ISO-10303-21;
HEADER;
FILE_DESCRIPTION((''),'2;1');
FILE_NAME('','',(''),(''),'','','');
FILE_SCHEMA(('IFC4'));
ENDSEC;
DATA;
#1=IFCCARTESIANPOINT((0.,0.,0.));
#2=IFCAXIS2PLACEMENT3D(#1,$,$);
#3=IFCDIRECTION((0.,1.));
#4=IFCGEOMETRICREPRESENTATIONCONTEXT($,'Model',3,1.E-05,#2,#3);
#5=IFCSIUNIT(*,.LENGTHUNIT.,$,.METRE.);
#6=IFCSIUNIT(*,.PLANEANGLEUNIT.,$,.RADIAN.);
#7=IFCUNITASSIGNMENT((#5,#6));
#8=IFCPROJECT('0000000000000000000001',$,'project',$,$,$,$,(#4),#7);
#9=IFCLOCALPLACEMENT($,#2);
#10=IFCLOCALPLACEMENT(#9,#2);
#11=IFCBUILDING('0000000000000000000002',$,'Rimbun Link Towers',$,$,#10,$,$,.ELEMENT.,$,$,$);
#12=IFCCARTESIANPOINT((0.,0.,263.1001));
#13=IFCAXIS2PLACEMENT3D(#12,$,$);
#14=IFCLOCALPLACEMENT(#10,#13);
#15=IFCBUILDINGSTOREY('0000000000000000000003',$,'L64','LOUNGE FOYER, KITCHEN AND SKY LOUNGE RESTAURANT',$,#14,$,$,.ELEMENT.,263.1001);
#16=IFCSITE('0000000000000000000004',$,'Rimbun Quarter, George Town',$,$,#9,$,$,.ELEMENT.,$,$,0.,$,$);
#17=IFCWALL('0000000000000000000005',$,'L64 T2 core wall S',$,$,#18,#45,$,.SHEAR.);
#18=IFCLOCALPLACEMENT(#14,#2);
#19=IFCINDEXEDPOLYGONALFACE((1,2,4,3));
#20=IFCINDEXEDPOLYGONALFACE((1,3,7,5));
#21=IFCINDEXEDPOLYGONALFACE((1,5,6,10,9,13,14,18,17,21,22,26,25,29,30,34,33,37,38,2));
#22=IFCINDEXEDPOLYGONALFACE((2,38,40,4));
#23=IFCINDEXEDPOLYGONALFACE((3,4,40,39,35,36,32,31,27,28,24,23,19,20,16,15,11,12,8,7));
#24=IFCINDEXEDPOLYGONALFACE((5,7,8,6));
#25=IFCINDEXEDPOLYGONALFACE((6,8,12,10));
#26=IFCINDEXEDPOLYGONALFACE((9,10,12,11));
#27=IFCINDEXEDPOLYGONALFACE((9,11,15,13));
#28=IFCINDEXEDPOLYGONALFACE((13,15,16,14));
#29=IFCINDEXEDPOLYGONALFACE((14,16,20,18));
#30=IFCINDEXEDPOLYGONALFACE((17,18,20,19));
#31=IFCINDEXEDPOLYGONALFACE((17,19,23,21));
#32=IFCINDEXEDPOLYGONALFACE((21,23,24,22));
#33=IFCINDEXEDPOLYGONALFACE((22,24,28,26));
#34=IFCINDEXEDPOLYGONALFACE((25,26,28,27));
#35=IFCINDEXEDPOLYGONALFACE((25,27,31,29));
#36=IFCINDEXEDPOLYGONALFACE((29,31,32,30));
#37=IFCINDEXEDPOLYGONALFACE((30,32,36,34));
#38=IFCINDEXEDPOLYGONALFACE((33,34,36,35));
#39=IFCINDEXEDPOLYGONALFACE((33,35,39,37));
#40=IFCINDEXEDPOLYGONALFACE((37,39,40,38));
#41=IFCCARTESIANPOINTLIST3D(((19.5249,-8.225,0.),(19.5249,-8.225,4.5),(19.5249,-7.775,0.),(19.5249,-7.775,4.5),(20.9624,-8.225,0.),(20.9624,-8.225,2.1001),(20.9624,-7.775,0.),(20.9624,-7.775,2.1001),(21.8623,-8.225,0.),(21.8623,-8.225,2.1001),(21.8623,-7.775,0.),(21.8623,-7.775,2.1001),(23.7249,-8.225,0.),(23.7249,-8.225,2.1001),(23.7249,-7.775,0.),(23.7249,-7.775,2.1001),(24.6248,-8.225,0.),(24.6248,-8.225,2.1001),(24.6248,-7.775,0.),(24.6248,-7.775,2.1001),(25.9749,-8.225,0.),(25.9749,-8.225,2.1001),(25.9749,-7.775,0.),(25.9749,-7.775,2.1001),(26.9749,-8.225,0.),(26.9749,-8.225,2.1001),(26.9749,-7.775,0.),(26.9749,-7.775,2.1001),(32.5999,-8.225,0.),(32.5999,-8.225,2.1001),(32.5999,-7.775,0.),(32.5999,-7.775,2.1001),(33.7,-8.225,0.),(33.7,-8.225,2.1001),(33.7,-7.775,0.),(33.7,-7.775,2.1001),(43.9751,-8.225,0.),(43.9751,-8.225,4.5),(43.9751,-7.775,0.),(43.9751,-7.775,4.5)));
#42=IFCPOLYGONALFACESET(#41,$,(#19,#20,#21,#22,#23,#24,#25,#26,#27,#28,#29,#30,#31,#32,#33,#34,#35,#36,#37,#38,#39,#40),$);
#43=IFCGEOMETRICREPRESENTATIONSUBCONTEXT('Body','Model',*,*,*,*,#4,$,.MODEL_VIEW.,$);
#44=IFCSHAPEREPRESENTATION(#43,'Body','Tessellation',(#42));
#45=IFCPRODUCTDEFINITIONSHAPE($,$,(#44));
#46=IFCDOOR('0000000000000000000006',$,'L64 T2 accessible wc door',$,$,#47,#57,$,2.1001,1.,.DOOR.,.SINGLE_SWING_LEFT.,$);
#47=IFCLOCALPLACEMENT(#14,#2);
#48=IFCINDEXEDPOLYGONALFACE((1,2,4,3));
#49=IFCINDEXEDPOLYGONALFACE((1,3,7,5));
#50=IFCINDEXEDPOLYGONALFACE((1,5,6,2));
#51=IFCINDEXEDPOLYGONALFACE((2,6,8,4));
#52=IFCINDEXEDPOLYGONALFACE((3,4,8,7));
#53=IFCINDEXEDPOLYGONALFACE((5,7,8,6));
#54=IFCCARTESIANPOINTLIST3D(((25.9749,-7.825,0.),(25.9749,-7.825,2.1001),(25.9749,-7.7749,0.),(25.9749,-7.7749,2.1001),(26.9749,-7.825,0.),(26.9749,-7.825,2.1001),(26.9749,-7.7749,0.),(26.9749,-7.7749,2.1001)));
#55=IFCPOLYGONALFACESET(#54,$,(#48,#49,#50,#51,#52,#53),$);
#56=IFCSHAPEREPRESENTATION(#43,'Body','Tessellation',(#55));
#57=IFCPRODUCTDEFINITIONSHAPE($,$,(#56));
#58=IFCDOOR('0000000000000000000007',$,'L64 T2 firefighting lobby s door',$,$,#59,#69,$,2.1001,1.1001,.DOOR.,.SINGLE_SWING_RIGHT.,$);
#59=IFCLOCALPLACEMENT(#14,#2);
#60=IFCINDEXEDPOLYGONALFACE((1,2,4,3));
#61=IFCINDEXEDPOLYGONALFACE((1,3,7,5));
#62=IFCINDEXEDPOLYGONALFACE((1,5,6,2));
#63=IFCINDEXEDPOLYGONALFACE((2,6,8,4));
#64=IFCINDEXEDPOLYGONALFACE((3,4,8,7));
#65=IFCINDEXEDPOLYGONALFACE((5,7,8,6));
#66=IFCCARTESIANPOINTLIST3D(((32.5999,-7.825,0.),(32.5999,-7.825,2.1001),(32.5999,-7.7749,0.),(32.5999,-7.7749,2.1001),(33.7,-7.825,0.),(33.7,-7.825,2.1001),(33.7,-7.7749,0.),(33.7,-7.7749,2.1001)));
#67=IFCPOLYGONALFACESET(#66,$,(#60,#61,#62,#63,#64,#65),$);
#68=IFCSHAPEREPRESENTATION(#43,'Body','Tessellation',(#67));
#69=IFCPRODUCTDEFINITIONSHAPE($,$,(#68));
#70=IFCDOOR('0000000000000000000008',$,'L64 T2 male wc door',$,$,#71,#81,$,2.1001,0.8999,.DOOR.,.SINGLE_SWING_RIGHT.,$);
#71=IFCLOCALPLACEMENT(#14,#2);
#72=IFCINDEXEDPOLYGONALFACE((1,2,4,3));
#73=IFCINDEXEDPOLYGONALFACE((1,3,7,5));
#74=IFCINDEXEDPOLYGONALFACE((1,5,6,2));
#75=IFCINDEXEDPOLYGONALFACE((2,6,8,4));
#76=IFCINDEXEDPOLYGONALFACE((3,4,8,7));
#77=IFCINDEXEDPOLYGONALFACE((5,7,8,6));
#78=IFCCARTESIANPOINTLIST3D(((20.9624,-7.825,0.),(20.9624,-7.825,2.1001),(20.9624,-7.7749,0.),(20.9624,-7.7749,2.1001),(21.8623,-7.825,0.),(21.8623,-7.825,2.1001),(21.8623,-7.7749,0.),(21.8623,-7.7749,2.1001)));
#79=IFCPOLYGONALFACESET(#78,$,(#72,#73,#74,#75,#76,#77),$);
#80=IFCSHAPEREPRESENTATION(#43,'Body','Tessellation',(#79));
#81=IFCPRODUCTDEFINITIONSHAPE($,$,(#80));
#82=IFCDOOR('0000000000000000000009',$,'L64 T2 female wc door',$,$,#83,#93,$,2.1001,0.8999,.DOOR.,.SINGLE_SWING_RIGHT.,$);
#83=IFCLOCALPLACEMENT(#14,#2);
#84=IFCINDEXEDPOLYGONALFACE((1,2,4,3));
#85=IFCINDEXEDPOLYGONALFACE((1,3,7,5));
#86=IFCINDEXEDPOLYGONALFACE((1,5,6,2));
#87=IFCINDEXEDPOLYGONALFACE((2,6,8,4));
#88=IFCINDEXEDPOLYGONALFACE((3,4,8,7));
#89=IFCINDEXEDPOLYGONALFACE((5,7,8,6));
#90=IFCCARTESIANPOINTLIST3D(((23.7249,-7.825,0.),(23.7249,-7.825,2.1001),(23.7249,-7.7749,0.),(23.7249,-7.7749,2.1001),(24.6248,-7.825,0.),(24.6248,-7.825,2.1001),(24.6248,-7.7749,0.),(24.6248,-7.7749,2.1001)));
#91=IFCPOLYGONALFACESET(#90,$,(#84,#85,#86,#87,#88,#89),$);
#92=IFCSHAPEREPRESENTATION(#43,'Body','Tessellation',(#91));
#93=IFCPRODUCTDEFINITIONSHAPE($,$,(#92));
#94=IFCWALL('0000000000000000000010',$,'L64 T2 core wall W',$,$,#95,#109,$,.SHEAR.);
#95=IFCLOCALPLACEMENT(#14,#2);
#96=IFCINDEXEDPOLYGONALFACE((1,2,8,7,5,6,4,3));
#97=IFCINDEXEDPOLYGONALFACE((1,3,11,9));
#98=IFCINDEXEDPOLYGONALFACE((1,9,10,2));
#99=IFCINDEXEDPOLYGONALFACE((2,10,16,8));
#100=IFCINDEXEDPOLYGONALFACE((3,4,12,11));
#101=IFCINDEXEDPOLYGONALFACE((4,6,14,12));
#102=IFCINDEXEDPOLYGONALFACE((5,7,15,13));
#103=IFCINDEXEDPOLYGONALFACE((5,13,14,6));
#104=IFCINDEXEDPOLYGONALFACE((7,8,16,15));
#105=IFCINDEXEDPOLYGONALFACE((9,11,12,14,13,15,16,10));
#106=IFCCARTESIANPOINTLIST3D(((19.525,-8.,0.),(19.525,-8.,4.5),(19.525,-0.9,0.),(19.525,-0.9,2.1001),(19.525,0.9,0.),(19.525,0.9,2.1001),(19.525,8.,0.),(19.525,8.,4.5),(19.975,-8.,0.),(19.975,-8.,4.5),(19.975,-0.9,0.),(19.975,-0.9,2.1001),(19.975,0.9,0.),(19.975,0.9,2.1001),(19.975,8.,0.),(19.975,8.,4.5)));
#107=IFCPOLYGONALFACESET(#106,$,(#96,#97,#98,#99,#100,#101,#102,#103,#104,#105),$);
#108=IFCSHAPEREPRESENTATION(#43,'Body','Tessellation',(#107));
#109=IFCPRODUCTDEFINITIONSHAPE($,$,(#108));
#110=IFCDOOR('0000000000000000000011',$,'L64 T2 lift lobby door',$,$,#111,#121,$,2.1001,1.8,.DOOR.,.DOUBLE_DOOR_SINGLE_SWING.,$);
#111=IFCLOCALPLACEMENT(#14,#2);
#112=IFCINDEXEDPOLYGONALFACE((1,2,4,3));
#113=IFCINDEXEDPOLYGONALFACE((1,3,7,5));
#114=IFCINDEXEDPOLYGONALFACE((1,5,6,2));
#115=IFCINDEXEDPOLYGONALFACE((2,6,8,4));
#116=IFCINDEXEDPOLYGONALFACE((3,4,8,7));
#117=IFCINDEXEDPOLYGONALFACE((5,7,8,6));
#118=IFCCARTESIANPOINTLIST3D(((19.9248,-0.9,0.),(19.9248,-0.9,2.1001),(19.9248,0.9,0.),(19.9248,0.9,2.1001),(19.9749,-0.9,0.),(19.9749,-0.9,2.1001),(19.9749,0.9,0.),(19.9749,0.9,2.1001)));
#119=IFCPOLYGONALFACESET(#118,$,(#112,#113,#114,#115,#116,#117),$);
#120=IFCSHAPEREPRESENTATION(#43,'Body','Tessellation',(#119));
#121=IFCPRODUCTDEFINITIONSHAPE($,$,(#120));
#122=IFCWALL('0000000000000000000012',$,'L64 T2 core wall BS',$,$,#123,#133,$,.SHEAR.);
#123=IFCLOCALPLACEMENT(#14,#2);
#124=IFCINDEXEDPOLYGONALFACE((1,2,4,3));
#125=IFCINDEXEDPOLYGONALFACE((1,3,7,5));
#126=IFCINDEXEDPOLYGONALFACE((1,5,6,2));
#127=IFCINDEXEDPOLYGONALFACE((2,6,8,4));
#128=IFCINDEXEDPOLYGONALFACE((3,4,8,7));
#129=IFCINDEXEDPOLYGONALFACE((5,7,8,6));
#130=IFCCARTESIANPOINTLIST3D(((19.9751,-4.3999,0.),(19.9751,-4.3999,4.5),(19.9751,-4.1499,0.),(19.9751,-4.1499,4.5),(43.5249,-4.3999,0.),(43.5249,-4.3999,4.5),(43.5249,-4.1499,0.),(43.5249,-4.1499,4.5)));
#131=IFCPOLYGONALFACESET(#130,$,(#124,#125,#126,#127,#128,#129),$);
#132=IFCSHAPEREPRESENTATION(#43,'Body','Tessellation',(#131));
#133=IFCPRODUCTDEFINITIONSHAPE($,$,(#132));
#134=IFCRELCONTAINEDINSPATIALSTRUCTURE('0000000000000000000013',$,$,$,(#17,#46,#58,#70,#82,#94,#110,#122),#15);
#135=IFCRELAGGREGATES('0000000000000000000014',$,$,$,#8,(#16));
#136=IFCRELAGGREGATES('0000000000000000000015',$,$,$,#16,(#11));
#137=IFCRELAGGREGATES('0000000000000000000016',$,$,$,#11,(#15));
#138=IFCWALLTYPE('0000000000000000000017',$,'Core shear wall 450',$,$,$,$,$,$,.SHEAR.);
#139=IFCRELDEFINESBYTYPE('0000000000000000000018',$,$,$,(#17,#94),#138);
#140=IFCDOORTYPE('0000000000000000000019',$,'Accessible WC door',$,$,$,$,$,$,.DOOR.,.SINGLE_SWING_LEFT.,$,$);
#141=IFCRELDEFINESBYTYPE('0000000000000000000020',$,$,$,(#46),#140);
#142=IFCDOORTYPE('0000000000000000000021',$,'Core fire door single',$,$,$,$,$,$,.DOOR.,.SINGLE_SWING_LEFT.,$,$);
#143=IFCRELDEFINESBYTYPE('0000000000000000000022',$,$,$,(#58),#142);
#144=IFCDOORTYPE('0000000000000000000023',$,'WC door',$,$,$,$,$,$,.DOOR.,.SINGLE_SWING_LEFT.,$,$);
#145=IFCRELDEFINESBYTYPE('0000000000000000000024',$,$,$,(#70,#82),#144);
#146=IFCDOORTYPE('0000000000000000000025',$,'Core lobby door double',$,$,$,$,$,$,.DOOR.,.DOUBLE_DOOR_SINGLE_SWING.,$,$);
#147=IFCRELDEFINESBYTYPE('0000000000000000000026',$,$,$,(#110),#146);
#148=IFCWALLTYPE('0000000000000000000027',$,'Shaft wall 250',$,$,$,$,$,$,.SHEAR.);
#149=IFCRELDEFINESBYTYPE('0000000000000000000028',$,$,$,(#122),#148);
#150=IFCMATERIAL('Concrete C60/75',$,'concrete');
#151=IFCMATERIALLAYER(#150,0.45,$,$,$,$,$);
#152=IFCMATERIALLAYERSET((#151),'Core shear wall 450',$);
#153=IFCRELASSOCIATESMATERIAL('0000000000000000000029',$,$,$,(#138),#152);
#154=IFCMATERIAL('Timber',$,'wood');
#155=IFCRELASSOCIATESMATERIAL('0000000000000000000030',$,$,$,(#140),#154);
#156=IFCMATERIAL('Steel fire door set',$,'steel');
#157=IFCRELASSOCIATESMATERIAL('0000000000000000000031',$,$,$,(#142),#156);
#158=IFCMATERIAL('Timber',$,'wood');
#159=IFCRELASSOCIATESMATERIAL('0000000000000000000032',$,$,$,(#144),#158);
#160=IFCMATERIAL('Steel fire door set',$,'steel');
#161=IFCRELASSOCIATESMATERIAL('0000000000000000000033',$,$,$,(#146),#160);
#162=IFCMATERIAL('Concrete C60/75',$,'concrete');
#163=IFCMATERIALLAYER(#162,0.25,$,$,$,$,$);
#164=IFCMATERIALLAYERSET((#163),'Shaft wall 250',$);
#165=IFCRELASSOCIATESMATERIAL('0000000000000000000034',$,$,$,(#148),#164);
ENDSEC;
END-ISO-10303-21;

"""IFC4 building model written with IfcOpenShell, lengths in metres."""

from ifc_helpers import new_model, si_unit, direction, frame, frame_2d, origin, place, context, subcontext, project, spatial, rectangle, extrude, material, layer, layer_set, type_object, element, fill, save


model = new_model("IFC4")

# Units and contexts
model_context = context("Model", 3, precision=1e-05, world=origin(), true_north=direction((0.0, 1.0)))
body_context = subcontext(model_context, "Body", "Model", "MODEL_VIEW")
ifc_project = project(units=[si_unit("LENGTHUNIT", "METRE"), si_unit("PLANEANGLEUNIT", "RADIAN")], contexts=[model_context])

# Site, building, storey
site_placement = place(None, origin())
site = spatial("IfcSite", under=ifc_project, at=site_placement, Name="Rimbun Quarter, George Town", CompositionType="ELEMENT", RefElevation=0.0)
building_placement = place(site_placement, origin())
building = spatial("IfcBuilding", under=site, at=building_placement, Name="Rimbun Link Towers", CompositionType="ELEMENT")
storey_placement = place(building_placement, frame((0.0, 0.0, 263.1001)))
storey = spatial("IfcBuildingStorey", under=building, at=storey_placement, Name="L64", Description="LOUNGE FOYER, KITCHEN AND SKY LOUNGE RESTAURANT", CompositionType="ELEMENT", Elevation=263.1001)

# Wall, openings, doors
ifc_material_1 = material(Name="Concrete C60/75", Category="concrete")
ifc_layer_1 = layer(ifc_material_1, 0.45)
ifc_layer_set_1 = layer_set([ifc_layer_1], Name="Core shear wall 450")
wall_type_1 = type_object("IfcWallType", Name="Core shear wall 450", PredefinedType="SHEAR", material=ifc_layer_set_1)
wall_1_placement = place(storey_placement, frame((19.5249, -8.0, 0.0), z_axis=(0.0, 0.0, 1.0), x_axis=(1.0, 0.0, 0.0)))
wall_1 = element("IfcWall", 1, at=wall_1_placement, inside=storey, type_object=wall_type_1, Name="L64 T2 core wall S", PredefinedType="SHEAR", context=body_context, shape_type="SweptSolid", body=[
    extrude(rectangle(XDim=24.4502, YDim=0.45, at=frame_2d((12.2251, 0.0))), origin(), (0.0, 0.0, 1.0), 4.5),
])
opening_1_placement = place(wall_1_placement, frame((13.075, 0.0, 0.0)))
opening_1 = element("IfcOpeningElement", 2, at=opening_1_placement, cuts=wall_1, PredefinedType="OPENING", context=body_context, shape_type="SweptSolid", body=[
    extrude(rectangle(XDim=1.1001, YDim=2.1001, at=frame_2d((0.55, 1.05))), frame((0.0, 0.2349, 0.0), z_axis=(0.0, -1.0, 0.0), x_axis=(1.0, 0.0, 0.0)), (0.0, 0.0, 1.0), 0.47),
])
opening_2_placement = place(wall_1_placement, frame((1.4375, 0.0, 0.0)))
opening_2 = element("IfcOpeningElement", 3, at=opening_2_placement, cuts=wall_1, PredefinedType="OPENING", context=body_context, shape_type="SweptSolid", body=[
    extrude(rectangle(XDim=0.8999, YDim=2.1001, at=frame_2d((0.45, 1.05))), frame((0.0, 0.2349, 0.0), z_axis=(0.0, -1.0, 0.0), x_axis=(1.0, 0.0, 0.0)), (0.0, 0.0, 1.0), 0.47),
])
opening_3_placement = place(wall_1_placement, frame((4.2, 0.0, 0.0)))
opening_3 = element("IfcOpeningElement", 4, at=opening_3_placement, cuts=wall_1, PredefinedType="OPENING", context=body_context, shape_type="SweptSolid", body=[
    extrude(rectangle(XDim=0.8999, YDim=2.1001, at=frame_2d((0.45, 1.05))), frame((0.0, 0.2349, 0.0), z_axis=(0.0, -1.0, 0.0), x_axis=(1.0, 0.0, 0.0)), (0.0, 0.0, 1.0), 0.47),
])
opening_4_placement = place(wall_1_placement, frame((6.45, 0.0, 0.0)))
opening_4 = element("IfcOpeningElement", 5, at=opening_4_placement, cuts=wall_1, PredefinedType="OPENING", context=body_context, shape_type="SweptSolid", body=[
    extrude(rectangle(XDim=1.0, YDim=2.1001, at=frame_2d((0.5, 1.05))), frame((0.0, 0.2349, 0.0), z_axis=(0.0, -1.0, 0.0), x_axis=(1.0, 0.0, 0.0)), (0.0, 0.0, 1.0), 0.47),
])
ifc_material_2 = material(Name="Timber", Category="wood")
door_type_1 = type_object("IfcDoorType", Name="Accessible WC door", OperationType="SINGLE_SWING_LEFT", PredefinedType="DOOR", material=ifc_material_2)
door_1_placement = place(opening_4_placement, origin())
door_1 = element("IfcDoor", 6, at=door_1_placement, inside=storey, type_object=door_type_1, Name="L64 T2 accessible wc door", OperationType="SINGLE_SWING_LEFT", OverallHeight=2.1001, OverallWidth=1.0, PredefinedType="DOOR", context=body_context, shape_type="SweptSolid", body=[
    extrude(rectangle(XDim=1.0, YDim=2.1001, at=frame_2d((0.5, 1.05))), frame((0.0, 0.2251, 0.0), z_axis=(0.0, -1.0, 0.0), x_axis=(1.0, 0.0, 0.0)), (0.0, 0.0, 1.0), 0.05),
])
fill(opening_4, door_1)
ifc_material_3 = material(Name="Steel fire door set", Category="steel")
door_type_2 = type_object("IfcDoorType", Name="Core fire door single", OperationType="SINGLE_SWING_LEFT", PredefinedType="DOOR", material=ifc_material_3)
door_2_placement = place(opening_1_placement, origin())
door_2 = element("IfcDoor", 7, at=door_2_placement, inside=storey, type_object=door_type_2, Name="L64 T2 firefighting lobby s door", OperationType="SINGLE_SWING_RIGHT", OverallHeight=2.1001, OverallWidth=1.1001, PredefinedType="DOOR", context=body_context, shape_type="SweptSolid", body=[
    extrude(rectangle(XDim=1.1001, YDim=2.1001, at=frame_2d((0.55, 1.05))), frame((0.0, 0.2251, 0.0), z_axis=(0.0, -1.0, 0.0), x_axis=(1.0, 0.0, 0.0)), (0.0, 0.0, 1.0), 0.05),
])
fill(opening_1, door_2)
ifc_material_4 = material(Name="Timber", Category="wood")
door_type_3 = type_object("IfcDoorType", Name="WC door", OperationType="SINGLE_SWING_LEFT", PredefinedType="DOOR", material=ifc_material_4)
door_3_placement = place(opening_2_placement, origin())
door_3 = element("IfcDoor", 8, at=door_3_placement, inside=storey, type_object=door_type_3, Name="L64 T2 male wc door", OperationType="SINGLE_SWING_RIGHT", OverallHeight=2.1001, OverallWidth=0.8999, PredefinedType="DOOR", context=body_context, shape_type="SweptSolid", body=[
    extrude(rectangle(XDim=0.8999, YDim=2.1001, at=frame_2d((0.45, 1.05))), frame((0.0, 0.2251, 0.0), z_axis=(0.0, -1.0, 0.0), x_axis=(1.0, 0.0, 0.0)), (0.0, 0.0, 1.0), 0.05),
])
fill(opening_2, door_3)
door_4_placement = place(opening_3_placement, origin())
door_4 = element("IfcDoor", 9, at=door_4_placement, inside=storey, type_object=door_type_3, Name="L64 T2 female wc door", OperationType="SINGLE_SWING_RIGHT", OverallHeight=2.1001, OverallWidth=0.8999, PredefinedType="DOOR", context=body_context, shape_type="SweptSolid", body=[
    extrude(rectangle(XDim=0.8999, YDim=2.1001, at=frame_2d((0.45, 1.05))), frame((0.0, 0.2251, 0.0), z_axis=(0.0, -1.0, 0.0), x_axis=(1.0, 0.0, 0.0)), (0.0, 0.0, 1.0), 0.05),
])
fill(opening_3, door_4)

# Wall, opening, door
wall_2_placement = place(storey_placement, frame((19.75, -8.0, 0.0), z_axis=(0.0, 0.0, 1.0), x_axis=(0.0, 1.0, 0.0)))
wall_2 = element("IfcWall", 10, at=wall_2_placement, inside=storey, type_object=wall_type_1, Name="L64 T2 core wall W", PredefinedType="SHEAR", context=body_context, shape_type="SweptSolid", body=[
    extrude(rectangle(XDim=16.0, YDim=0.45, at=frame_2d((8.0, 0.0))), origin(), (0.0, 0.0, 1.0), 4.5),
])
opening_5_placement = place(wall_2_placement, frame((7.1001, 0.0, 0.0)))
opening_5 = element("IfcOpeningElement", 11, at=opening_5_placement, cuts=wall_2, PredefinedType="OPENING", context=body_context, shape_type="SweptSolid", body=[
    extrude(rectangle(XDim=1.8, YDim=2.1001, at=frame_2d((0.8999, 1.05))), frame((0.0, 0.2349, 0.0), z_axis=(0.0, -1.0, 0.0), x_axis=(1.0, 0.0, 0.0)), (0.0, 0.0, 1.0), 0.47),
])
ifc_material_5 = material(Name="Steel fire door set", Category="steel")
door_type_4 = type_object("IfcDoorType", Name="Core lobby door double", OperationType="DOUBLE_DOOR_SINGLE_SWING", PredefinedType="DOOR", material=ifc_material_5)
door_5_placement = place(opening_5_placement, origin())
door_5 = element("IfcDoor", 12, at=door_5_placement, inside=storey, type_object=door_type_4, Name="L64 T2 lift lobby door", OperationType="DOUBLE_DOOR_SINGLE_SWING", OverallHeight=2.1001, OverallWidth=1.8, PredefinedType="DOOR", context=body_context, shape_type="SweptSolid", body=[
    extrude(rectangle(XDim=1.8, YDim=2.1001, at=frame_2d((0.8999, 1.05))), frame((0.0, -0.1748, 0.0), z_axis=(0.0, -1.0, 0.0), x_axis=(1.0, 0.0, 0.0)), (0.0, 0.0, 1.0), 0.05),
])
fill(opening_5, door_5)

# Wall
ifc_material_6 = material(Name="Concrete C60/75", Category="concrete")
ifc_layer_2 = layer(ifc_material_6, 0.25)
ifc_layer_set_2 = layer_set([ifc_layer_2], Name="Shaft wall 250")
wall_type_2 = type_object("IfcWallType", Name="Shaft wall 250", PredefinedType="SHEAR", material=ifc_layer_set_2)
wall_3_placement = place(storey_placement, frame((19.9751, -4.2749, 0.0), z_axis=(0.0, 0.0, 1.0), x_axis=(1.0, 0.0, 0.0)))
element("IfcWall", 13, at=wall_3_placement, inside=storey, type_object=wall_type_2, Name="L64 T2 core wall BS", PredefinedType="SHEAR", context=body_context, shape_type="SweptSolid", body=[
    extrude(rectangle(XDim=23.5498, YDim=0.25, at=frame_2d((11.7749, 0.0))), origin(), (0.0, 0.0, 1.0), 4.5),
])

save(model, "model.ifc")
